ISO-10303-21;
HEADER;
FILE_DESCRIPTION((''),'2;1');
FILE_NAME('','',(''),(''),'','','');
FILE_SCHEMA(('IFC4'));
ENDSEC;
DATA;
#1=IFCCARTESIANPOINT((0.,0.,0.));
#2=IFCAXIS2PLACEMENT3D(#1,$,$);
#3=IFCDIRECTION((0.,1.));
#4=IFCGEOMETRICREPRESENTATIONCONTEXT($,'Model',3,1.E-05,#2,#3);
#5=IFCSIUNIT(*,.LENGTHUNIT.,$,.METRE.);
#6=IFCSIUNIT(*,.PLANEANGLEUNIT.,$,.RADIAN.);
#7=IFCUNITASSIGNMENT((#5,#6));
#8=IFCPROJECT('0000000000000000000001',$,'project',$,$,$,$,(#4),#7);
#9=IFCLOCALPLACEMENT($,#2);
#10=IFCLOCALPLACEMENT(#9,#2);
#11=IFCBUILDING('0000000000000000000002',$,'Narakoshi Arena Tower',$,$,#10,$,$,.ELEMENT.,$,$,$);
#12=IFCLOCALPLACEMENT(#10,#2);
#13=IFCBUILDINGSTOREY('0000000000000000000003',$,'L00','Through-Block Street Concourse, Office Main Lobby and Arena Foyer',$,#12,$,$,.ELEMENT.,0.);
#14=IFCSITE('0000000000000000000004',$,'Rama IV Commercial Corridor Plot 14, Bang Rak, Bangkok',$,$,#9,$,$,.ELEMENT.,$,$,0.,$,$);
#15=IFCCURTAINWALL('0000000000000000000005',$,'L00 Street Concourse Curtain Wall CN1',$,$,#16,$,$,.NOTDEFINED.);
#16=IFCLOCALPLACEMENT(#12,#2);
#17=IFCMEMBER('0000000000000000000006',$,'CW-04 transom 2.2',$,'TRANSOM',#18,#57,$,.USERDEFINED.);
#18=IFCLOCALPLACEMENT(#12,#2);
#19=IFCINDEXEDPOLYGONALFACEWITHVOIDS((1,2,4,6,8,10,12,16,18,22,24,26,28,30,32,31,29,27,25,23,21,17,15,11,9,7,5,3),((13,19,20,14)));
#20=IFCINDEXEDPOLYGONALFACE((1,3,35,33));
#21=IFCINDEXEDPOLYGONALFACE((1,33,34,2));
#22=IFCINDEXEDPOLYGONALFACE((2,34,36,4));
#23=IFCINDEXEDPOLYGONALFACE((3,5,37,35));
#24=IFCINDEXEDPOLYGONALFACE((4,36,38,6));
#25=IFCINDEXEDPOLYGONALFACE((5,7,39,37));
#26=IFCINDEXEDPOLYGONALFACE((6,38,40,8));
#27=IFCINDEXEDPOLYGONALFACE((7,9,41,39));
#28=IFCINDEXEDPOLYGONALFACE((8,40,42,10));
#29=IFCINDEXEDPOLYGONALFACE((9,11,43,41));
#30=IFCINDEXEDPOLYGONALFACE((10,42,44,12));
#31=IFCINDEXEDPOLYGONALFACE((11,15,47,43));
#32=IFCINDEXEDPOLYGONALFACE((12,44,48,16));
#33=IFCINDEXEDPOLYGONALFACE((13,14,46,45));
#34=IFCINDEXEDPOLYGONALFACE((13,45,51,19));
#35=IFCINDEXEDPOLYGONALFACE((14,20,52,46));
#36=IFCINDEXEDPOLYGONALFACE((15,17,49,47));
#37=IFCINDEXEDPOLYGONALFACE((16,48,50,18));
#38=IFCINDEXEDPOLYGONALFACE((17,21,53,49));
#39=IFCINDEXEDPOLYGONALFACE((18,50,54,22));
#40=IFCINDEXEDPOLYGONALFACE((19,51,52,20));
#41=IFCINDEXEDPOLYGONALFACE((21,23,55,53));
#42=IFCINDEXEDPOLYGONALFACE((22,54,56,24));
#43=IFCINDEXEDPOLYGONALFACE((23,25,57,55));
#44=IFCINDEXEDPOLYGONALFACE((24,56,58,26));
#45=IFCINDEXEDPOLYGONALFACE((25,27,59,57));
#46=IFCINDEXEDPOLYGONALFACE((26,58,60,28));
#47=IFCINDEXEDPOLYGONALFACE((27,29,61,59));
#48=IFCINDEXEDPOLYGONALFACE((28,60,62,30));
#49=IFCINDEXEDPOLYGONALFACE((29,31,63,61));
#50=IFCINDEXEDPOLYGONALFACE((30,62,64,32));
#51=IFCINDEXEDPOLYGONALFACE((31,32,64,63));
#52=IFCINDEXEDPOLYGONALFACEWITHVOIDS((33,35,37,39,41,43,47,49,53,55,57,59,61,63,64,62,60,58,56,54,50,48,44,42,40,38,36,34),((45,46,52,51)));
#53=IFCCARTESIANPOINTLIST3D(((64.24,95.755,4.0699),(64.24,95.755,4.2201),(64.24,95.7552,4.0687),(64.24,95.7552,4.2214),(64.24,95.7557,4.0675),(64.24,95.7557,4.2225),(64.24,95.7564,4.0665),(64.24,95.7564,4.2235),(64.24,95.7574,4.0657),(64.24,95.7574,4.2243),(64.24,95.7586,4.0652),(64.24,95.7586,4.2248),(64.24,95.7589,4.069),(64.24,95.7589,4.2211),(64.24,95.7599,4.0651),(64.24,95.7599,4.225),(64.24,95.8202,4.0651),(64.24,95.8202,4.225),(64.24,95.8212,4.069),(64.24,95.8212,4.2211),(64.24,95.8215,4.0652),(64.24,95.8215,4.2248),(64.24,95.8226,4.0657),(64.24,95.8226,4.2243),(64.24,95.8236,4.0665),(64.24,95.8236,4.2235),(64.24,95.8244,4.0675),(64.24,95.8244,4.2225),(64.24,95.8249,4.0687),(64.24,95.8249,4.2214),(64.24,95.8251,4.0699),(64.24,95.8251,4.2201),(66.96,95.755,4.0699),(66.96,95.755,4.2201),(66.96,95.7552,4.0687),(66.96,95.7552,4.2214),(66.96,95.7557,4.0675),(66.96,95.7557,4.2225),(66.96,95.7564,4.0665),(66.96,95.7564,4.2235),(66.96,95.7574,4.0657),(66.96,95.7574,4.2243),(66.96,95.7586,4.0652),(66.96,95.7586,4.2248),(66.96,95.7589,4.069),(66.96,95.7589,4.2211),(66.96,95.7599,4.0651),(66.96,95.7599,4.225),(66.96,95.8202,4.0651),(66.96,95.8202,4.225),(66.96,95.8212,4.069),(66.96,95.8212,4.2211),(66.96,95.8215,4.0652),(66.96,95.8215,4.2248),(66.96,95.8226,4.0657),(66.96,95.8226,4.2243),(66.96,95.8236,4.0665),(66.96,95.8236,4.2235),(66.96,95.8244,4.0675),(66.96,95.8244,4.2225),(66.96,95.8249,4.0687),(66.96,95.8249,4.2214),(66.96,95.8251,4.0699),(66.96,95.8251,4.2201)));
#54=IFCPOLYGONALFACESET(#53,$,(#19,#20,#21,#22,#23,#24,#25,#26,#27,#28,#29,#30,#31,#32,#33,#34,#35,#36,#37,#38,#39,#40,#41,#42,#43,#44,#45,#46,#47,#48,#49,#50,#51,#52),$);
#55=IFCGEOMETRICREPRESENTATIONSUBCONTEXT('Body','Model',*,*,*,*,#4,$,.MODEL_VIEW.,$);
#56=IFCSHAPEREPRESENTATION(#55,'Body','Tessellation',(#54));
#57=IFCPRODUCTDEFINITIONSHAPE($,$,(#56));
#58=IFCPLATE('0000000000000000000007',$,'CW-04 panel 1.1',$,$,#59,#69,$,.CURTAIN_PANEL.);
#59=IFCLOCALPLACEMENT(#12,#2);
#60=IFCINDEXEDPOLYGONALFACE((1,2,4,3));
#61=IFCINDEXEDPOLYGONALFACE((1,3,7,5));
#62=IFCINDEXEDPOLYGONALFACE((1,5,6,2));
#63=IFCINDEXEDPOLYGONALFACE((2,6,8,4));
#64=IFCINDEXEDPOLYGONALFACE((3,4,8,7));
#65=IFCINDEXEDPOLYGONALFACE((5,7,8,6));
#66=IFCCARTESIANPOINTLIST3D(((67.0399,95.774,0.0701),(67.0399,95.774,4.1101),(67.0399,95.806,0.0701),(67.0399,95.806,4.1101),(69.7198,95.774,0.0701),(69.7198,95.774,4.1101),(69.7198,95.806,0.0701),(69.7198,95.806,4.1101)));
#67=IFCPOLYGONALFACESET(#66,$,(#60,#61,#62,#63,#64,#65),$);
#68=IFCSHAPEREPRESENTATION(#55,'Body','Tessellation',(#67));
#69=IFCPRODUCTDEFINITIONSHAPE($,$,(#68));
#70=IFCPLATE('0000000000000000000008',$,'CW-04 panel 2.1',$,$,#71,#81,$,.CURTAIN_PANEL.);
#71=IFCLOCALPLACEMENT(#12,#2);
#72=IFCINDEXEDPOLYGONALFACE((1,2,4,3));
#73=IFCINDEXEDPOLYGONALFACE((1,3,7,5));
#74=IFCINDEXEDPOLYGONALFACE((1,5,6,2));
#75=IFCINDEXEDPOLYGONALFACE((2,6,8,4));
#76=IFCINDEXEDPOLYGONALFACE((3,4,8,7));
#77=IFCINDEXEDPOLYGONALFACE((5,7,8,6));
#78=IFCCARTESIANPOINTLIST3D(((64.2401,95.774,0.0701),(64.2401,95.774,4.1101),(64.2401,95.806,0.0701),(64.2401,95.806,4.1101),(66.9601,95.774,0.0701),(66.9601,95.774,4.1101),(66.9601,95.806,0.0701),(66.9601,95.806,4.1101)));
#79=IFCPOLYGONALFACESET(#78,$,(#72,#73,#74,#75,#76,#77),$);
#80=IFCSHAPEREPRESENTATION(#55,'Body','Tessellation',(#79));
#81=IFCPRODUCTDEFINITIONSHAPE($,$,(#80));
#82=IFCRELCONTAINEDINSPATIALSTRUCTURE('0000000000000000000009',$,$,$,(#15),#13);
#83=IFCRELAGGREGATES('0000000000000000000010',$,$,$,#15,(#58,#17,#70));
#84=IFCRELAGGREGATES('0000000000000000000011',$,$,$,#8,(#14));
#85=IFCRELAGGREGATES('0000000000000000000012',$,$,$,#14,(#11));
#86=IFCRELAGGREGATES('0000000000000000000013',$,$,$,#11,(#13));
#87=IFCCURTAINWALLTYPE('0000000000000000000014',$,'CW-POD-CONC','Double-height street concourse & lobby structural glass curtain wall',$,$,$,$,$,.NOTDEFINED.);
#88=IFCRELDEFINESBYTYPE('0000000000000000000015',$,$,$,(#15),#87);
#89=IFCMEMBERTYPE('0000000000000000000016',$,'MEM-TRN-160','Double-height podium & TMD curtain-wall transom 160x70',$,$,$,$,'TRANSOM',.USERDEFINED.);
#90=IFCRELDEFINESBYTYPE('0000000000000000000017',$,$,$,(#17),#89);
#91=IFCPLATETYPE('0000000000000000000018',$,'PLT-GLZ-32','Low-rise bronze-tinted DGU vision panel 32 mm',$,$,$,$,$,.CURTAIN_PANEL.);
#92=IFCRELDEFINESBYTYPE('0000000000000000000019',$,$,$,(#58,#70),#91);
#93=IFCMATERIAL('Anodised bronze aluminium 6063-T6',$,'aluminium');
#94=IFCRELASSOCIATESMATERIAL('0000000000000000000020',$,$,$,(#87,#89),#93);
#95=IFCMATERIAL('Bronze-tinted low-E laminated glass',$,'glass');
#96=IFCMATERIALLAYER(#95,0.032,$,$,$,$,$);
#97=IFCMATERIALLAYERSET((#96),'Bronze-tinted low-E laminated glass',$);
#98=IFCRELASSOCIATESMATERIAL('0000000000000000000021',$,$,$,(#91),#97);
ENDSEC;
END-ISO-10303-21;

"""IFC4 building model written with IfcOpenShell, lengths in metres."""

from ifc_helpers import new_model, si_unit, direction, frame, origin, origin_2d, place, context, subcontext, project, spatial, rectangle, hollow_rectangle, extrude, material, layer, layer_set, material_profile, profile_set, type_object, element, aggregate, save


model = new_model("IFC4")

# Units and contexts
model_context = context("Model", 3, precision=1e-05, world=origin(), true_north=direction((0.0, 1.0)))
body_context = subcontext(model_context, "Body", "Model", "MODEL_VIEW")
ifc_project = project(units=[si_unit("LENGTHUNIT", "METRE"), si_unit("PLANEANGLEUNIT", "RADIAN")], contexts=[model_context])

# Site, building, storey
site_placement = place(None, origin())
site = spatial("IfcSite", under=ifc_project, at=site_placement, Name="Rama IV Commercial Corridor Plot 14, Bang Rak, Bangkok", CompositionType="ELEMENT", RefElevation=0.0)
building_placement = place(site_placement, origin())
building = spatial("IfcBuilding", under=site, at=building_placement, Name="Narakoshi Arena Tower", CompositionType="ELEMENT")
storey_placement = place(building_placement, origin())
storey = spatial("IfcBuildingStorey", under=building, at=storey_placement, Name="L00", Description="Through-Block Street Concourse, Office Main Lobby and Arena Foyer", CompositionType="ELEMENT", Elevation=0.0)

# Curtain wall, member, plates
ifc_material_1 = material(Name="Anodised bronze aluminium 6063-T6", Category="aluminium")
curtain_wall_type = type_object("IfcCurtainWallType", Name="CW-POD-CONC", Description="Double-height street concourse & lobby structural glass curtain wall", PredefinedType="NOTDEFINED", material=ifc_material_1)
curtain_wall_placement = place(storey_placement, origin())
curtain_wall = element("IfcCurtainWall", 1, at=curtain_wall_placement, inside=storey, type_object=curtain_wall_type, Name="L00 Street Concourse Curtain Wall CN1", PredefinedType="NOTDEFINED")
ifc_material_profile_1 = material_profile(ifc_material_1, hollow_rectangle(XDim=0.0701, YDim=0.1599, WallThickness=0.0039, OuterFilletRadius=0.0049, at=origin_2d()), Name="TRN160x70x4")
ifc_profile_set_1 = profile_set([ifc_material_profile_1], Name="Anodised bronze aluminium 6063-T6")
member_type_1 = type_object("IfcMemberType", Name="MEM-TRN-160", Description="Double-height podium & TMD curtain-wall transom 160x70", ElementType="TRANSOM", PredefinedType="USERDEFINED", material=ifc_profile_set_1)
member_1_placement = place(storey_placement, frame((66.96, 95.79, 4.145), z_axis=(-1.0, 0.0, 0.0), x_axis=(0.0, -1.0, 0.0)))
member_1 = element("IfcMember", 2, at=member_1_placement, type_object=member_type_1, Name="CW-04 transom 2.2", ObjectType="TRANSOM", PredefinedType="USERDEFINED", context=body_context, shape_type="SweptSolid", body=[
    extrude(hollow_rectangle(XDim=0.0701, YDim=0.1599, WallThickness=0.0039, OuterFilletRadius=0.0049, at=origin_2d()), origin(), (0.0, 0.0, 1.0), 2.72),
])
ifc_material_2 = material(Name="Bronze-tinted low-E laminated glass", Category="glass")
ifc_layer_1 = layer(ifc_material_2, 0.032)
ifc_layer_set_1 = layer_set([ifc_layer_1], Name="Bronze-tinted low-E laminated glass")
plate_type = type_object("IfcPlateType", Name="PLT-GLZ-32", Description="Low-rise bronze-tinted DGU vision panel 32 mm", PredefinedType="CURTAIN_PANEL", material=ifc_layer_set_1)
plate_1_placement = place(storey_placement, frame((68.3799, 95.79, 0.0701), z_axis=(0.0, 0.0, 1.0), x_axis=(-1.0, 0.0, 0.0)))
plate_1 = element("IfcPlate", 3, at=plate_1_placement, type_object=plate_type, Name="CW-04 panel 1.1", PredefinedType="CURTAIN_PANEL", context=body_context, shape_type="SweptSolid", body=[
    extrude(rectangle(XDim=2.6799, YDim=0.032, at=origin_2d()), origin(), (0.0, 0.0, 1.0), 4.04),
])
plate_2_placement = place(storey_placement, frame((65.6001, 95.79, 0.0701), z_axis=(0.0, 0.0, 1.0), x_axis=(-1.0, 0.0, 0.0)))
plate_2 = element("IfcPlate", 4, at=plate_2_placement, type_object=plate_type, Name="CW-04 panel 2.1", PredefinedType="CURTAIN_PANEL", context=body_context, shape_type="SweptSolid", body=[
    extrude(rectangle(XDim=2.72, YDim=0.032, at=origin_2d()), origin(), (0.0, 0.0, 1.0), 4.04),
])
aggregate(curtain_wall, [plate_1, member_1, plate_2])

save(model, "model.ifc")
